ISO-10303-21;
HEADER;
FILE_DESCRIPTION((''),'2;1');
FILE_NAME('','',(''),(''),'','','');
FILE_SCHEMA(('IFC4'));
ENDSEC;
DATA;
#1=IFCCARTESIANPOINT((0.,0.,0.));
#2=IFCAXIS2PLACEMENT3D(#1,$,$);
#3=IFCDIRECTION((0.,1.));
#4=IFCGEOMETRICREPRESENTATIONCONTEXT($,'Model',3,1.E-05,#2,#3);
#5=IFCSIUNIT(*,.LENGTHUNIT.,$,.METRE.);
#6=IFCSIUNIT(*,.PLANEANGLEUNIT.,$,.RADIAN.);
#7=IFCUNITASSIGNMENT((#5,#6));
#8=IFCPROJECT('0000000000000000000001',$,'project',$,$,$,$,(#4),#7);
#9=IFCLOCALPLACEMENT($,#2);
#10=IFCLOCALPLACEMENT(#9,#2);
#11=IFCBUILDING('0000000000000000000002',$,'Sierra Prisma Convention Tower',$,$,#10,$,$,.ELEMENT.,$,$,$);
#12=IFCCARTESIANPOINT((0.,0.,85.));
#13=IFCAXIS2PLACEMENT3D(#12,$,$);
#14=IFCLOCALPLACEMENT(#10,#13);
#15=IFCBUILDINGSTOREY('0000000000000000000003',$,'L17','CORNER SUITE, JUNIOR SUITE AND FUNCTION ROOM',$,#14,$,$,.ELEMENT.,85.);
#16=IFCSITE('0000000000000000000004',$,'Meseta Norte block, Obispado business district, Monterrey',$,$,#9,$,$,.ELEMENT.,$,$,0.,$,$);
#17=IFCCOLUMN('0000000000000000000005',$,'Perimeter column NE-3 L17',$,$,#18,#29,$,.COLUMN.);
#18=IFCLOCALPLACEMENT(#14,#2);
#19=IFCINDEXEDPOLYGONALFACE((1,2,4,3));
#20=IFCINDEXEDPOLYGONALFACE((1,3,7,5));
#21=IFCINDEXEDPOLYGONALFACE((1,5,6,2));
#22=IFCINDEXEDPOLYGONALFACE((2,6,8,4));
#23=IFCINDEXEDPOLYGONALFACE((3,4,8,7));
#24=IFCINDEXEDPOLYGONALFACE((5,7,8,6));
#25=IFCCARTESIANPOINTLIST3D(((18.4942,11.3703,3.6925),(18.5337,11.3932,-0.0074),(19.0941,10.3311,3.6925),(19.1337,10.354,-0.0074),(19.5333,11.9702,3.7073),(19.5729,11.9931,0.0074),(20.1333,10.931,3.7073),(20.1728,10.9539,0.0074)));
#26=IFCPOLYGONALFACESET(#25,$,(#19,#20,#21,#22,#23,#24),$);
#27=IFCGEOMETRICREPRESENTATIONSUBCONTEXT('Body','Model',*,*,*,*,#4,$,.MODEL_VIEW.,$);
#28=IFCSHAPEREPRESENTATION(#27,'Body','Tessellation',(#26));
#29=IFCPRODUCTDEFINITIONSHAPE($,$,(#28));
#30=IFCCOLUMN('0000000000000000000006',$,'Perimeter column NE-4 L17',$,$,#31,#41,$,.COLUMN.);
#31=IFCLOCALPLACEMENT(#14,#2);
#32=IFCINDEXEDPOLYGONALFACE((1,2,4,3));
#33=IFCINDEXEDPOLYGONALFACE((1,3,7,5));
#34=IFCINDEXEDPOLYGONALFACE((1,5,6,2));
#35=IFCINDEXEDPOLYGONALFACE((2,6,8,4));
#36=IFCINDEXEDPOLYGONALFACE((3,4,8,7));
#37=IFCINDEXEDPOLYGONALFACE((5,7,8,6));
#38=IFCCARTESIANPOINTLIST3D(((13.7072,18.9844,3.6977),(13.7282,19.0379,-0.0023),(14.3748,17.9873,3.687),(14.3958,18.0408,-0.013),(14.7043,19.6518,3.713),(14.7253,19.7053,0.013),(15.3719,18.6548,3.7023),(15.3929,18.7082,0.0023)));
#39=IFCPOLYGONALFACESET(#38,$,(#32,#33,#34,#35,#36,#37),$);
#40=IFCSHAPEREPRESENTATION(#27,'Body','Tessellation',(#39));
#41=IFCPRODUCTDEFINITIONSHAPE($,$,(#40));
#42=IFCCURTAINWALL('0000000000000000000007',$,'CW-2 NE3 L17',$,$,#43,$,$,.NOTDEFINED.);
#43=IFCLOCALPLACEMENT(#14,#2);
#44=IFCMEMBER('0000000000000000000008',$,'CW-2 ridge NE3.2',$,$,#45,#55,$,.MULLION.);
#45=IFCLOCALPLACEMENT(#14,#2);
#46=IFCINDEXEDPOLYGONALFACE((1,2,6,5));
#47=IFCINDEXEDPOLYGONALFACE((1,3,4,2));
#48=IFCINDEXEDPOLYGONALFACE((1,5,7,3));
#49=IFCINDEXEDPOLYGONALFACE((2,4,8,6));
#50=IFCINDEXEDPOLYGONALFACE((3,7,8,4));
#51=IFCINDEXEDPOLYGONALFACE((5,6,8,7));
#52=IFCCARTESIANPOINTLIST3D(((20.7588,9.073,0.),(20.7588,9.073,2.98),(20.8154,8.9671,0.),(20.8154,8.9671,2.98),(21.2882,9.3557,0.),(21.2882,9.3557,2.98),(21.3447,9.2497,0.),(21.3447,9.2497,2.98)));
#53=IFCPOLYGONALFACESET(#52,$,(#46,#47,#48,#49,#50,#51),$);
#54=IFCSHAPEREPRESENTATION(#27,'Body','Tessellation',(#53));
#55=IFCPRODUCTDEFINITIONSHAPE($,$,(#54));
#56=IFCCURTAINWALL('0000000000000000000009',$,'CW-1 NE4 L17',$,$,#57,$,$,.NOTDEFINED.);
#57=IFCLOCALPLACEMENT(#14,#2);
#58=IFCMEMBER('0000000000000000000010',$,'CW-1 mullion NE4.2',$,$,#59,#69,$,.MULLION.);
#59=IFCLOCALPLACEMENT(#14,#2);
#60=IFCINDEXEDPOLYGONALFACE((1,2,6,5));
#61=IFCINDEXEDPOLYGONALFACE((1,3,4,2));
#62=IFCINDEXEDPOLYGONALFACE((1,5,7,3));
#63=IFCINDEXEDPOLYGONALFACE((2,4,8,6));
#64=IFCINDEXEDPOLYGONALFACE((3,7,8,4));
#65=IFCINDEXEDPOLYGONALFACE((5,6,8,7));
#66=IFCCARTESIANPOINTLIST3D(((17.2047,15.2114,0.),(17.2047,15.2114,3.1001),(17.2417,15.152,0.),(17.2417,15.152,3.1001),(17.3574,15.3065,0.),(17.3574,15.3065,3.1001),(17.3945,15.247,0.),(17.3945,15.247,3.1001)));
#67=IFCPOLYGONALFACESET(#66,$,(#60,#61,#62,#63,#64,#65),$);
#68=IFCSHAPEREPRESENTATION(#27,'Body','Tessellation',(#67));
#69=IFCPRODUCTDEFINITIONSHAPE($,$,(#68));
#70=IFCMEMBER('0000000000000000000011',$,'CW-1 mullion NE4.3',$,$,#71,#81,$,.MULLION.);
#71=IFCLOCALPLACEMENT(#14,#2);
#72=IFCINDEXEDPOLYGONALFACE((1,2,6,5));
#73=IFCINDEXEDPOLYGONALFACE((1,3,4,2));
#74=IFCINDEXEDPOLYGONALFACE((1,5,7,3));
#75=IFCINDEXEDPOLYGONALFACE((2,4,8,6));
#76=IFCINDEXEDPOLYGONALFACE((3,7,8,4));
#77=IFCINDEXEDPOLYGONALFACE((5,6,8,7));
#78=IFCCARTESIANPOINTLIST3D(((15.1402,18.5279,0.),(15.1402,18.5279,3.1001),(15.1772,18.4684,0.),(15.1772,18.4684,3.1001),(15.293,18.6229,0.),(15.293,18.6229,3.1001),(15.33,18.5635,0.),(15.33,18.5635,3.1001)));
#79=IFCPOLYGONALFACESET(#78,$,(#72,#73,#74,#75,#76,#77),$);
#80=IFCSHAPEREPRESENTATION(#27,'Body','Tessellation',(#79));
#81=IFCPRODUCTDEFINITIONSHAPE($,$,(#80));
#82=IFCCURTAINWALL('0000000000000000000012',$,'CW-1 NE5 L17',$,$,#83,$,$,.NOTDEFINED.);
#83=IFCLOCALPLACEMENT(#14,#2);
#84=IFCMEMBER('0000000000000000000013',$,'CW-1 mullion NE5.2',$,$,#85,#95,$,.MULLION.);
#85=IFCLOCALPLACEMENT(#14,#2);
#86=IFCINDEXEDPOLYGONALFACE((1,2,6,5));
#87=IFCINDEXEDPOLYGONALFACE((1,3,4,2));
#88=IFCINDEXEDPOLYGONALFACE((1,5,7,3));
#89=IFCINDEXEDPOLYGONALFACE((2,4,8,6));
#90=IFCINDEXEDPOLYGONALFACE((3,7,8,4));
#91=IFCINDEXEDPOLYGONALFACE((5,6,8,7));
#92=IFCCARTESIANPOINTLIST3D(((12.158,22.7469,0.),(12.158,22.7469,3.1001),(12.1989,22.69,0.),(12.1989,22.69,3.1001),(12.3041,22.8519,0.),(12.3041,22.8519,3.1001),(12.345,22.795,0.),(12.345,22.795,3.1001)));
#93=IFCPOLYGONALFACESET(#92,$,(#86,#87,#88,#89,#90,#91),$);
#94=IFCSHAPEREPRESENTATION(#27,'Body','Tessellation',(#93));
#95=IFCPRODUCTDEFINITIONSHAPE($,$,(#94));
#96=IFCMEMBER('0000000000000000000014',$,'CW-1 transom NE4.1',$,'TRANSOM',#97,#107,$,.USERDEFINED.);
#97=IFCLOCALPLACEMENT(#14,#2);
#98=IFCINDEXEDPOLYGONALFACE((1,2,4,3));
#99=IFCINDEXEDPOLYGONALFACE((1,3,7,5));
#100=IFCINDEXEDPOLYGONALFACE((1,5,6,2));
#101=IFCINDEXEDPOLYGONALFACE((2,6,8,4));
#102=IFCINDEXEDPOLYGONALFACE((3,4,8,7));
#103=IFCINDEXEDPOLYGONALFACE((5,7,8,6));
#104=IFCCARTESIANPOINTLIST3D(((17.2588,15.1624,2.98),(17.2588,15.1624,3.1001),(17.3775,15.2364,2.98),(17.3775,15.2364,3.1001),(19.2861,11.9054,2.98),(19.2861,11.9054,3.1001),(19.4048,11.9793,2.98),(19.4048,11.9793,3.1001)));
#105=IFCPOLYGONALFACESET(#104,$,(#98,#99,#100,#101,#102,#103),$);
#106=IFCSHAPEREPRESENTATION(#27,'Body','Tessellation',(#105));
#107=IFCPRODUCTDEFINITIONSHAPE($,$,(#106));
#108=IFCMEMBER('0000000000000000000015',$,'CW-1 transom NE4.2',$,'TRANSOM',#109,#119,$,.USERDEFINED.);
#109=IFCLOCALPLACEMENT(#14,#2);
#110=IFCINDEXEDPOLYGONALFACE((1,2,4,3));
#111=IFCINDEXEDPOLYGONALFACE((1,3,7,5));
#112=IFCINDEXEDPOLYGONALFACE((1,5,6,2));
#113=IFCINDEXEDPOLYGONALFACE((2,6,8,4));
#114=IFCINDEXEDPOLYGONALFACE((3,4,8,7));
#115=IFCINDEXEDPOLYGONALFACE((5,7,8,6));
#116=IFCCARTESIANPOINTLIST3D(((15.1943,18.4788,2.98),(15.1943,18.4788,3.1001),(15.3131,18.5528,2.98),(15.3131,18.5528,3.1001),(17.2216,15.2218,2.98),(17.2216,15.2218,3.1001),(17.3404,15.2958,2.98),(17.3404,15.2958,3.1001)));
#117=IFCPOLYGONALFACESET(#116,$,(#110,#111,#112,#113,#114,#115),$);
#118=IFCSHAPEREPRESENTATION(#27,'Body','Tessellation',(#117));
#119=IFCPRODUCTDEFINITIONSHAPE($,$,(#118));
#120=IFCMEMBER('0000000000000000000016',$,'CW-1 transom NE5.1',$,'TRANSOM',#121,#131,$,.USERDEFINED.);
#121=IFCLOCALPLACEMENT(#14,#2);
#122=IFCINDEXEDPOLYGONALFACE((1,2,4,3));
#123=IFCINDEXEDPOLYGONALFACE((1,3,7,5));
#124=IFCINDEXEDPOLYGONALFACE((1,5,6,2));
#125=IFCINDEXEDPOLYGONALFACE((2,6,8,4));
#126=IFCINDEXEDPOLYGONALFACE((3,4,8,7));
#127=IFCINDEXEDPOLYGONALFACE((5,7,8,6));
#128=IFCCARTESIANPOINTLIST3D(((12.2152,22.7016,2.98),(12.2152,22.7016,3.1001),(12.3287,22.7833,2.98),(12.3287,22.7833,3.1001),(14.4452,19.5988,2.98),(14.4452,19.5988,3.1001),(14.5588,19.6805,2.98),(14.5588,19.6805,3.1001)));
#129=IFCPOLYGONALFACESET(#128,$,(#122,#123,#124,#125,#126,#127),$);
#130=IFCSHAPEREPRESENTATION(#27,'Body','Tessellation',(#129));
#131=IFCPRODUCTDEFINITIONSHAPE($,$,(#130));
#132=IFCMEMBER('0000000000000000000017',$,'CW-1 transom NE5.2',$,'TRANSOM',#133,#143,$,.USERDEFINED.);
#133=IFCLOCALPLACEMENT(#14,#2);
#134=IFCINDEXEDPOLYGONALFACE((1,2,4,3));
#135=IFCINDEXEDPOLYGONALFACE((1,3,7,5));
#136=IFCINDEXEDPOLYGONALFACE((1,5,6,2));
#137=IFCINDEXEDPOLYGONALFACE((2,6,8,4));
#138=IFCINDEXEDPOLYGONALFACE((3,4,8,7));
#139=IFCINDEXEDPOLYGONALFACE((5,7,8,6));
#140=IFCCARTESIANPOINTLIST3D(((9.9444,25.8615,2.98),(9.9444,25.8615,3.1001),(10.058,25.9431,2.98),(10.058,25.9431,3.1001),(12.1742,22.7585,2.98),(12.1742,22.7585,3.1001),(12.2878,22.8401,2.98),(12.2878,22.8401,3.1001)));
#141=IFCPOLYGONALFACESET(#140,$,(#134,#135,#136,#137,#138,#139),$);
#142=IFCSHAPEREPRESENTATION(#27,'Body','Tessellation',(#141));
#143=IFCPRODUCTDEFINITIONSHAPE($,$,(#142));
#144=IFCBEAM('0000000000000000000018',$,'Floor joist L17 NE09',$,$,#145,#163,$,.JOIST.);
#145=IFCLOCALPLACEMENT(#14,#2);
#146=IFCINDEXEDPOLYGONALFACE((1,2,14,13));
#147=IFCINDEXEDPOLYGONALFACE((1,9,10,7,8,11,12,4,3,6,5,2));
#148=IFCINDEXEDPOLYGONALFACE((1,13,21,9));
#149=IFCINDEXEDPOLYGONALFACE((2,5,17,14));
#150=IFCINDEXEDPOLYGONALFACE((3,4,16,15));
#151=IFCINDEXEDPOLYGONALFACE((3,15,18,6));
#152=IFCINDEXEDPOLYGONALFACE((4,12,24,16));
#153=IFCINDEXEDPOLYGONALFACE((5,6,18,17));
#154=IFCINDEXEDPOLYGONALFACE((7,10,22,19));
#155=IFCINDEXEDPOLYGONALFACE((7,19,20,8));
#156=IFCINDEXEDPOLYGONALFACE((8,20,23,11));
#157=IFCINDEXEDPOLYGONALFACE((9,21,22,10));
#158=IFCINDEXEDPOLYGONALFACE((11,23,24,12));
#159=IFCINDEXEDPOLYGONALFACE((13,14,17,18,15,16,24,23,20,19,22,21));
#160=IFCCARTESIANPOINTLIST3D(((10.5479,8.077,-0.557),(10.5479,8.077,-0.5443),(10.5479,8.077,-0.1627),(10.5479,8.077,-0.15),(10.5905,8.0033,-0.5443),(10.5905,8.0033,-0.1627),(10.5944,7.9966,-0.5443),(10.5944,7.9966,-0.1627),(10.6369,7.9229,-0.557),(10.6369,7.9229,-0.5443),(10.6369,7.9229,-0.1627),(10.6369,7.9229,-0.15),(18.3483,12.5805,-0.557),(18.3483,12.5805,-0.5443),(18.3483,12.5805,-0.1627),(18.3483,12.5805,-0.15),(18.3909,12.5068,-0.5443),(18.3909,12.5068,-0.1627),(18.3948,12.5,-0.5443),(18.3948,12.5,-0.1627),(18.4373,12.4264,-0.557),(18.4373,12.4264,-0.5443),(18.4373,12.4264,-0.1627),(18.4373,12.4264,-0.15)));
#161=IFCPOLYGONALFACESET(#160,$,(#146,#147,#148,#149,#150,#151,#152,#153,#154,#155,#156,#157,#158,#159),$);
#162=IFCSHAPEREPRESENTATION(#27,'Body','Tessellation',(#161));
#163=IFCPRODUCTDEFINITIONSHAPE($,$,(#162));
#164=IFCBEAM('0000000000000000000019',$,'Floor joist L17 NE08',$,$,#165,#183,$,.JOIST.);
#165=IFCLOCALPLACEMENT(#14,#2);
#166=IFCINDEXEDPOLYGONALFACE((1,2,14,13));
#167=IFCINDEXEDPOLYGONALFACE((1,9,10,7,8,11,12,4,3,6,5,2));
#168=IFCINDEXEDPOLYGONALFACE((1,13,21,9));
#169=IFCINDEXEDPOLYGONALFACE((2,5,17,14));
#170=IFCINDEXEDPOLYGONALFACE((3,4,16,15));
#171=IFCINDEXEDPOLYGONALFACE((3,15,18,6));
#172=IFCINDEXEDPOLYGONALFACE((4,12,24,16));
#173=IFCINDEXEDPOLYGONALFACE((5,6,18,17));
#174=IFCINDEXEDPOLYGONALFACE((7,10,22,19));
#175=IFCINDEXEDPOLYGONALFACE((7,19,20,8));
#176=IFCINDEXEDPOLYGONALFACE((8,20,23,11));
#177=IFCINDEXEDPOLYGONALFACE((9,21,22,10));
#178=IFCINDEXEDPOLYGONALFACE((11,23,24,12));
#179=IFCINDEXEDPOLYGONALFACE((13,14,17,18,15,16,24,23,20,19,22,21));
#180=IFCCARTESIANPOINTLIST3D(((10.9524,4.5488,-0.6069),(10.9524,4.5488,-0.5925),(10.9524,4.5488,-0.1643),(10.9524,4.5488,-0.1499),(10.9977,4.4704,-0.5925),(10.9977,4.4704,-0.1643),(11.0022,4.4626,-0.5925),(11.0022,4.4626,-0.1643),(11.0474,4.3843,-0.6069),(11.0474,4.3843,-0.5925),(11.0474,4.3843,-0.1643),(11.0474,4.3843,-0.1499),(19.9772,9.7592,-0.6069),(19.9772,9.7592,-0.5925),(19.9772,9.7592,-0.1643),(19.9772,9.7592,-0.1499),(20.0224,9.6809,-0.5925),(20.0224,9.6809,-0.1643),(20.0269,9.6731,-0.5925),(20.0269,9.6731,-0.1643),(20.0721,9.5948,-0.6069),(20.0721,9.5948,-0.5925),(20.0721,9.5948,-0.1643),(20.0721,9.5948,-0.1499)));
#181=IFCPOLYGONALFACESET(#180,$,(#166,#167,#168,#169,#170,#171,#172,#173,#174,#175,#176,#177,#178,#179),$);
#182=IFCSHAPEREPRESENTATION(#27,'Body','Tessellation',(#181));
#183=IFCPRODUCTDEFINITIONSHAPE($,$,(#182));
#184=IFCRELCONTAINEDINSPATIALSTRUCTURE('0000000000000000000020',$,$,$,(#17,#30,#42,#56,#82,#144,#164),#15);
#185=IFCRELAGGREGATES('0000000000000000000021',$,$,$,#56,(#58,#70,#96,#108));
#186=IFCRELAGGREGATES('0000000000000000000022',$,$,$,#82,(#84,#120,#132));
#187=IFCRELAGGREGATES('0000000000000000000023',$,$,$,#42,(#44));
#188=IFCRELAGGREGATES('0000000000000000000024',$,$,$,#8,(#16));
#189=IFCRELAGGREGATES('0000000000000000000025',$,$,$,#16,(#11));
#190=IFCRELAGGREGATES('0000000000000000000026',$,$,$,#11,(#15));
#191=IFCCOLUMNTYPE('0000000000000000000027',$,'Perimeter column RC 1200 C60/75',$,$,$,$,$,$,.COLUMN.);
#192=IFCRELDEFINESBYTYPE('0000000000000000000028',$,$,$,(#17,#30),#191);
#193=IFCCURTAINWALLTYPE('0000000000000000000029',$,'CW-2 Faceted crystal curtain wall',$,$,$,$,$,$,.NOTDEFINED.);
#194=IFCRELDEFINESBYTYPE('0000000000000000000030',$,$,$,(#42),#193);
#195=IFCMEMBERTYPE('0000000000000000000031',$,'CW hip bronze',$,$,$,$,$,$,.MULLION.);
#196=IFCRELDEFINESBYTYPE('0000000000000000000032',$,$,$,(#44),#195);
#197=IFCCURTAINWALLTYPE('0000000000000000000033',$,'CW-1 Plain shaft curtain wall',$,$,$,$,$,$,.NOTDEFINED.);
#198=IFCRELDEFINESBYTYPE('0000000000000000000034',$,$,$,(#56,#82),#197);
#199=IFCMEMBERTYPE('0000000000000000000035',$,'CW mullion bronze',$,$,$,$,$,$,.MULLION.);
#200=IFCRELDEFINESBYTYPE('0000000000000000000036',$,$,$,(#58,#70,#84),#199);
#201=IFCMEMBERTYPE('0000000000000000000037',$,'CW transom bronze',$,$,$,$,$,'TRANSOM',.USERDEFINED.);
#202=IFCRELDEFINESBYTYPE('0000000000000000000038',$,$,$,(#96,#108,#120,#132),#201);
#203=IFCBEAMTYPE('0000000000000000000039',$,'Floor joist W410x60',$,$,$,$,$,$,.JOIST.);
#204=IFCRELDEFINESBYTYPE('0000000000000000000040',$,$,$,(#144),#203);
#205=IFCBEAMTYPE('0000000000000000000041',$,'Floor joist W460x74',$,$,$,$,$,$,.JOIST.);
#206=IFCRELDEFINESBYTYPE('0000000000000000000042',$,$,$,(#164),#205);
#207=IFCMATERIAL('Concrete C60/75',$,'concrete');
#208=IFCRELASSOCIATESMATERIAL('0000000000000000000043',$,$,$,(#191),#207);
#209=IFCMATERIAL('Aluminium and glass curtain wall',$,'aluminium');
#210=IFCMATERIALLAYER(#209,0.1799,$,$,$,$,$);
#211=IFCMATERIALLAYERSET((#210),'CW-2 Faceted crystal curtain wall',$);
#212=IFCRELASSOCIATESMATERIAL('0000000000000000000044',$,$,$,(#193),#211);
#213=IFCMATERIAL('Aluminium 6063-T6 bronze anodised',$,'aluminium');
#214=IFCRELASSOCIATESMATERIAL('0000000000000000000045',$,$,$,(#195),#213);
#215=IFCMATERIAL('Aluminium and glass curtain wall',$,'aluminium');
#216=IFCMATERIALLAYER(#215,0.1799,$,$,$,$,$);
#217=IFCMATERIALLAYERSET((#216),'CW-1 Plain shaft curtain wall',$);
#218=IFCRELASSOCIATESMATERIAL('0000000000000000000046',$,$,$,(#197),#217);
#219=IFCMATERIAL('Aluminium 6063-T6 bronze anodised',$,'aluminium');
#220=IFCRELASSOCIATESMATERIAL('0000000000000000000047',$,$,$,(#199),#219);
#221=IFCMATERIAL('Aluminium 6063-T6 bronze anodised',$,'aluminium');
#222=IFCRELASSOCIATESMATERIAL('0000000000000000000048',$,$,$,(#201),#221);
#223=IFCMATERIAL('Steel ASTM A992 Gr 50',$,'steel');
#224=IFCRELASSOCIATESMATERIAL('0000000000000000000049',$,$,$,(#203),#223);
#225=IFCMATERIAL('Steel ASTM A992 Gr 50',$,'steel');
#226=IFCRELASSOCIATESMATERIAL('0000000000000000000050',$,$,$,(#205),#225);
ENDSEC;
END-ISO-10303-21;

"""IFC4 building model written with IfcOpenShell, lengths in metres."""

from ifc_helpers import new_model, si_unit, direction, frame, origin, origin_2d, place, context, subcontext, project, spatial, rectangle, i_section, extrude, material, layer, layer_set, material_profile, profile_set, type_object, element, aggregate, save


model = new_model("IFC4")

# Units and contexts
model_context = context("Model", 3, precision=1e-05, world=origin(), true_north=direction((0.0, 1.0)))
body_context = subcontext(model_context, "Body", "Model", "MODEL_VIEW")
ifc_project = project(units=[si_unit("LENGTHUNIT", "METRE"), si_unit("PLANEANGLEUNIT", "RADIAN")], contexts=[model_context])

# Site, building, storey
site_placement = place(None, origin())
site = spatial("IfcSite", under=ifc_project, at=site_placement, Name="Meseta Norte block, Obispado business district, Monterrey", CompositionType="ELEMENT", RefElevation=0.0)
building_placement = place(site_placement, origin())
building = spatial("IfcBuilding", under=site, at=building_placement, Name="Sierra Prisma Convention Tower", CompositionType="ELEMENT")
storey_placement = place(building_placement, frame((0.0, 0.0, 85.0)))
storey = spatial("IfcBuildingStorey", under=building, at=storey_placement, Name="L17", Description="CORNER SUITE, JUNIOR SUITE AND FUNCTION ROOM", CompositionType="ELEMENT", Elevation=85.0)

# Columns
ifc_material_1 = material(Name="Concrete C60/75", Category="concrete")
ifc_material_profile_1 = material_profile(ifc_material_1, rectangle(XDim=1.2, YDim=1.2, at=origin_2d()), Name="Perimeter column RC 1200 C60/75")
ifc_profile_set_1 = profile_set([ifc_material_profile_1], Name="Concrete C60/75")
column_type = type_object("IfcColumnType", Name="Perimeter column RC 1200 C60/75", PredefinedType="COLUMN", material=ifc_profile_set_1)
column_1_placement = place(storey_placement, frame((19.3533, 11.1736, 0.0), z_axis=(-0.010689, -0.006202, 0.999924), x_axis=(-0.499971, 0.866042, 0.000027)))
element("IfcColumn", 1, at=column_1_placement, inside=storey, type_object=column_type, Name="Perimeter column NE-3 L17", PredefinedType="COLUMN", context=body_context, shape_type="SweptSolid", body=[
    extrude(rectangle(XDim=1.2, YDim=1.2, at=origin_2d()), origin(), (0.0, 0.0, 1.0), 3.7002),
])
column_2_placement = place(storey_placement, frame((14.5605, 18.873, 0.0), z_axis=(-0.005674, -0.014449, 0.99988), x_axis=(-0.556321, 0.83092, 0.00885)))
element("IfcColumn", 2, at=column_2_placement, inside=storey, type_object=column_type, Name="Perimeter column NE-4 L17", PredefinedType="COLUMN", context=body_context, shape_type="SweptSolid", body=[
    extrude(rectangle(XDim=1.2, YDim=1.2, at=origin_2d()), origin(), (0.0, 0.0, 1.0), 3.7004),
])

# Curtain wall, member
ifc_material_2 = material(Name="Aluminium and glass curtain wall", Category="aluminium")
ifc_layer_1 = layer(ifc_material_2, 0.1799)
ifc_layer_set_1 = layer_set([ifc_layer_1], Name="CW-2 Faceted crystal curtain wall")
curtain_wall_type_1 = type_object("IfcCurtainWallType", Name="CW-2 Faceted crystal curtain wall", PredefinedType="NOTDEFINED", material=ifc_layer_set_1)
curtain_wall_1_placement = place(storey_placement, origin())
curtain_wall_1 = element("IfcCurtainWall", 3, at=curtain_wall_1_placement, inside=storey, type_object=curtain_wall_type_1, Name="CW-2 NE3 L17", PredefinedType="NOTDEFINED")
ifc_material_3 = material(Name="Aluminium 6063-T6 bronze anodised", Category="aluminium")
ifc_material_profile_2 = material_profile(ifc_material_3, rectangle(XDim=0.1201, YDim=0.6001, at=origin_2d()), Name="ALU RIDGE BLADE 120x600")
ifc_profile_set_2 = profile_set([ifc_material_profile_2], Name="Aluminium 6063-T6 bronze anodised")
member_type_1 = type_object("IfcMemberType", Name="CW hip bronze", PredefinedType="MULLION", material=ifc_profile_set_2)
member_1_placement = place(storey_placement, frame((21.0518, 9.1614, 0.0), z_axis=(0.0, 0.0, 1.0), x_axis=(-0.470994, 0.882137, 0.0)))
member_1 = element("IfcMember", 4, at=member_1_placement, type_object=member_type_1, Name="CW-2 ridge NE3.2", PredefinedType="MULLION", context=body_context, shape_type="SweptSolid", body=[
    extrude(rectangle(XDim=0.1201, YDim=0.6001, at=origin_2d()), origin(), (0.0, 0.0, 1.0), 2.98),
])

# Curtain wall, members
ifc_material_4 = material(Name="Aluminium and glass curtain wall", Category="aluminium")
ifc_layer_2 = layer(ifc_material_4, 0.1799)
ifc_layer_set_2 = layer_set([ifc_layer_2], Name="CW-1 Plain shaft curtain wall")
curtain_wall_type_2 = type_object("IfcCurtainWallType", Name="CW-1 Plain shaft curtain wall", PredefinedType="NOTDEFINED", material=ifc_layer_set_2)
curtain_wall_2_placement = place(storey_placement, origin())
curtain_wall_2 = element("IfcCurtainWall", 5, at=curtain_wall_2_placement, inside=storey, type_object=curtain_wall_type_2, Name="CW-1 NE4 L17", PredefinedType="NOTDEFINED")
ifc_material_5 = material(Name="Aluminium 6063-T6 bronze anodised", Category="aluminium")
ifc_material_profile_3 = material_profile(ifc_material_5, rectangle(XDim=0.1799, YDim=0.0701, at=origin_2d()), Name="ALU MULLION 70x180")
ifc_profile_set_3 = profile_set([ifc_material_profile_3], Name="Aluminium 6063-T6 bronze anodised")
member_type_2 = type_object("IfcMemberType", Name="CW mullion bronze", PredefinedType="MULLION", material=ifc_profile_set_3)
member_2_placement = place(storey_placement, frame((17.2996, 15.2292, 0.0), z_axis=(0.0, 0.0, 1.0), x_axis=(-0.848961, -0.528456, 0.0)))
member_2 = element("IfcMember", 6, at=member_2_placement, type_object=member_type_2, Name="CW-1 mullion NE4.2", PredefinedType="MULLION", context=body_context, shape_type="SweptSolid", body=[
    extrude(rectangle(XDim=0.1799, YDim=0.0701, at=origin_2d()), origin(), (0.0, 0.0, 1.0), 3.1001),
])
member_3_placement = place(storey_placement, frame((15.2351, 18.5457, 0.0), z_axis=(0.0, 0.0, 1.0), x_axis=(-0.848961, -0.528456, 0.0)))
member_3 = element("IfcMember", 7, at=member_3_placement, type_object=member_type_2, Name="CW-1 mullion NE4.3", PredefinedType="MULLION", context=body_context, shape_type="SweptSolid", body=[
    extrude(rectangle(XDim=0.1799, YDim=0.0701, at=origin_2d()), origin(), (0.0, 0.0, 1.0), 3.1001),
])

# Curtain wall, member
curtain_wall_3_placement = place(storey_placement, origin())
curtain_wall_3 = element("IfcCurtainWall", 8, at=curtain_wall_3_placement, inside=storey, type_object=curtain_wall_type_2, Name="CW-1 NE5 L17", PredefinedType="NOTDEFINED")
member_4_placement = place(storey_placement, frame((12.2515, 22.771, 0.0), z_axis=(0.0, 0.0, 1.0), x_axis=(-0.812047, -0.583591, 0.0)))
member_4 = element("IfcMember", 9, at=member_4_placement, type_object=member_type_2, Name="CW-1 mullion NE5.2", PredefinedType="MULLION", context=body_context, shape_type="SweptSolid", body=[
    extrude(rectangle(XDim=0.1799, YDim=0.0701, at=origin_2d()), origin(), (0.0, 0.0, 1.0), 3.1001),
])

# Members
ifc_material_6 = material(Name="Aluminium 6063-T6 bronze anodised", Category="aluminium")
ifc_material_profile_4 = material_profile(ifc_material_6, rectangle(XDim=0.1399, YDim=0.1201, at=origin_2d()), Name="ALU TRANSOM 120x140")
ifc_profile_set_4 = profile_set([ifc_material_profile_4], Name="Aluminium 6063-T6 bronze anodised")
member_type_3 = type_object("IfcMemberType", Name="CW transom bronze", ElementType="TRANSOM", PredefinedType="USERDEFINED", material=ifc_profile_set_4)
member_5_placement = place(storey_placement, frame((19.3455, 11.9424, 3.04), z_axis=(-0.528436, 0.848973, 0.0), x_axis=(-0.848973, -0.528436, 0.0)))
member_5 = element("IfcMember", 10, at=member_5_placement, type_object=member_type_3, Name="CW-1 transom NE4.1", ObjectType="TRANSOM", PredefinedType="USERDEFINED", context=body_context, shape_type="SweptSolid", body=[
    extrude(rectangle(XDim=0.1399, YDim=0.1201, at=origin_2d()), origin(), (0.0, 0.0, 1.0), 3.8364),
])
member_6_placement = place(storey_placement, frame((17.281, 15.2588, 3.04), z_axis=(-0.528436, 0.848973, 0.0), x_axis=(-0.848973, -0.528436, 0.0)))
member_6 = element("IfcMember", 11, at=member_6_placement, type_object=member_type_3, Name="CW-1 transom NE4.2", ObjectType="TRANSOM", PredefinedType="USERDEFINED", context=body_context, shape_type="SweptSolid", body=[
    extrude(rectangle(XDim=0.1399, YDim=0.1201, at=origin_2d()), origin(), (0.0, 0.0, 1.0), 3.8364),
])
member_7_placement = place(storey_placement, frame((14.502, 19.6396, 3.04), z_axis=(-0.583611, 0.812033, 0.0), x_axis=(-0.812033, -0.583611, 0.0)))
member_7 = element("IfcMember", 12, at=member_7_placement, type_object=member_type_3, Name="CW-1 transom NE5.1", ObjectType="TRANSOM", PredefinedType="USERDEFINED", context=body_context, shape_type="SweptSolid", body=[
    extrude(rectangle(XDim=0.1399, YDim=0.1201, at=origin_2d()), origin(), (0.0, 0.0, 1.0), 3.821),
])
member_8_placement = place(storey_placement, frame((12.231, 22.7993, 3.04), z_axis=(-0.583539, 0.812085, 0.0), x_axis=(-0.812085, -0.583539, 0.0)))
member_8 = element("IfcMember", 13, at=member_8_placement, type_object=member_type_3, Name="CW-1 transom NE5.2", ObjectType="TRANSOM", PredefinedType="USERDEFINED", context=body_context, shape_type="SweptSolid", body=[
    extrude(rectangle(XDim=0.1399, YDim=0.1201, at=origin_2d()), origin(), (0.0, 0.0, 1.0), 3.821),
])

# Beams
ifc_material_7 = material(Name="Steel ASTM A992 Gr 50", Category="steel")
ifc_material_profile_5 = material_profile(ifc_material_7, i_section(OverallWidth=0.178, OverallDepth=0.407, WebThickness=0.0078, FlangeThickness=0.0127, at=origin_2d()), Name="W410x60")
ifc_profile_set_5 = profile_set([ifc_material_profile_5], Name="Steel ASTM A992 Gr 50")
beam_type_1 = type_object("IfcBeamType", Name="Floor joist W410x60", PredefinedType="JOIST", material=ifc_profile_set_5)
beam_1_placement = place(storey_placement, frame((18.3928, 12.5034, -0.3535), z_axis=(-0.866029, -0.499993, 0.0), x_axis=(0.499993, -0.866029, 0.0)))
element("IfcBeam", 14, at=beam_1_placement, inside=storey, type_object=beam_type_1, Name="Floor joist L17 NE09", PredefinedType="JOIST", context=body_context, shape_type="SweptSolid", body=[
    extrude(i_section(OverallWidth=0.178, OverallDepth=0.407, WebThickness=0.0078, FlangeThickness=0.0127, at=origin_2d()), origin(), (0.0, 0.0, 1.0), 9.0071),
])
ifc_material_8 = material(Name="Steel ASTM A992 Gr 50", Category="steel")
ifc_material_profile_6 = material_profile(ifc_material_8, i_section(OverallWidth=0.1899, OverallDepth=0.457, WebThickness=0.009, FlangeThickness=0.0144, at=origin_2d()), Name="W460x74")
ifc_profile_set_6 = profile_set([ifc_material_profile_6], Name="Steel ASTM A992 Gr 50")
beam_type_2 = type_object("IfcBeamType", Name="Floor joist W460x74", PredefinedType="JOIST", material=ifc_profile_set_6)
beam_2_placement = place(storey_placement, frame((20.0247, 9.677, -0.3784), z_axis=(-0.866023, -0.500004, 0.0), x_axis=(0.500004, -0.866023, 0.0)))
element("IfcBeam", 15, at=beam_2_placement, inside=storey, type_object=beam_type_2, Name="Floor joist L17 NE08", PredefinedType="JOIST", context=body_context, shape_type="SweptSolid", body=[
    extrude(i_section(OverallWidth=0.1899, OverallDepth=0.457, WebThickness=0.009, FlangeThickness=0.0144, at=origin_2d()), origin(), (0.0, 0.0, 1.0), 10.4209),
])

aggregate(curtain_wall_2, [member_2, member_3, member_5, member_6])
aggregate(curtain_wall_3, [member_4, member_7, member_8])
aggregate(curtain_wall_1, [member_1])

save(model, "model.ifc")
